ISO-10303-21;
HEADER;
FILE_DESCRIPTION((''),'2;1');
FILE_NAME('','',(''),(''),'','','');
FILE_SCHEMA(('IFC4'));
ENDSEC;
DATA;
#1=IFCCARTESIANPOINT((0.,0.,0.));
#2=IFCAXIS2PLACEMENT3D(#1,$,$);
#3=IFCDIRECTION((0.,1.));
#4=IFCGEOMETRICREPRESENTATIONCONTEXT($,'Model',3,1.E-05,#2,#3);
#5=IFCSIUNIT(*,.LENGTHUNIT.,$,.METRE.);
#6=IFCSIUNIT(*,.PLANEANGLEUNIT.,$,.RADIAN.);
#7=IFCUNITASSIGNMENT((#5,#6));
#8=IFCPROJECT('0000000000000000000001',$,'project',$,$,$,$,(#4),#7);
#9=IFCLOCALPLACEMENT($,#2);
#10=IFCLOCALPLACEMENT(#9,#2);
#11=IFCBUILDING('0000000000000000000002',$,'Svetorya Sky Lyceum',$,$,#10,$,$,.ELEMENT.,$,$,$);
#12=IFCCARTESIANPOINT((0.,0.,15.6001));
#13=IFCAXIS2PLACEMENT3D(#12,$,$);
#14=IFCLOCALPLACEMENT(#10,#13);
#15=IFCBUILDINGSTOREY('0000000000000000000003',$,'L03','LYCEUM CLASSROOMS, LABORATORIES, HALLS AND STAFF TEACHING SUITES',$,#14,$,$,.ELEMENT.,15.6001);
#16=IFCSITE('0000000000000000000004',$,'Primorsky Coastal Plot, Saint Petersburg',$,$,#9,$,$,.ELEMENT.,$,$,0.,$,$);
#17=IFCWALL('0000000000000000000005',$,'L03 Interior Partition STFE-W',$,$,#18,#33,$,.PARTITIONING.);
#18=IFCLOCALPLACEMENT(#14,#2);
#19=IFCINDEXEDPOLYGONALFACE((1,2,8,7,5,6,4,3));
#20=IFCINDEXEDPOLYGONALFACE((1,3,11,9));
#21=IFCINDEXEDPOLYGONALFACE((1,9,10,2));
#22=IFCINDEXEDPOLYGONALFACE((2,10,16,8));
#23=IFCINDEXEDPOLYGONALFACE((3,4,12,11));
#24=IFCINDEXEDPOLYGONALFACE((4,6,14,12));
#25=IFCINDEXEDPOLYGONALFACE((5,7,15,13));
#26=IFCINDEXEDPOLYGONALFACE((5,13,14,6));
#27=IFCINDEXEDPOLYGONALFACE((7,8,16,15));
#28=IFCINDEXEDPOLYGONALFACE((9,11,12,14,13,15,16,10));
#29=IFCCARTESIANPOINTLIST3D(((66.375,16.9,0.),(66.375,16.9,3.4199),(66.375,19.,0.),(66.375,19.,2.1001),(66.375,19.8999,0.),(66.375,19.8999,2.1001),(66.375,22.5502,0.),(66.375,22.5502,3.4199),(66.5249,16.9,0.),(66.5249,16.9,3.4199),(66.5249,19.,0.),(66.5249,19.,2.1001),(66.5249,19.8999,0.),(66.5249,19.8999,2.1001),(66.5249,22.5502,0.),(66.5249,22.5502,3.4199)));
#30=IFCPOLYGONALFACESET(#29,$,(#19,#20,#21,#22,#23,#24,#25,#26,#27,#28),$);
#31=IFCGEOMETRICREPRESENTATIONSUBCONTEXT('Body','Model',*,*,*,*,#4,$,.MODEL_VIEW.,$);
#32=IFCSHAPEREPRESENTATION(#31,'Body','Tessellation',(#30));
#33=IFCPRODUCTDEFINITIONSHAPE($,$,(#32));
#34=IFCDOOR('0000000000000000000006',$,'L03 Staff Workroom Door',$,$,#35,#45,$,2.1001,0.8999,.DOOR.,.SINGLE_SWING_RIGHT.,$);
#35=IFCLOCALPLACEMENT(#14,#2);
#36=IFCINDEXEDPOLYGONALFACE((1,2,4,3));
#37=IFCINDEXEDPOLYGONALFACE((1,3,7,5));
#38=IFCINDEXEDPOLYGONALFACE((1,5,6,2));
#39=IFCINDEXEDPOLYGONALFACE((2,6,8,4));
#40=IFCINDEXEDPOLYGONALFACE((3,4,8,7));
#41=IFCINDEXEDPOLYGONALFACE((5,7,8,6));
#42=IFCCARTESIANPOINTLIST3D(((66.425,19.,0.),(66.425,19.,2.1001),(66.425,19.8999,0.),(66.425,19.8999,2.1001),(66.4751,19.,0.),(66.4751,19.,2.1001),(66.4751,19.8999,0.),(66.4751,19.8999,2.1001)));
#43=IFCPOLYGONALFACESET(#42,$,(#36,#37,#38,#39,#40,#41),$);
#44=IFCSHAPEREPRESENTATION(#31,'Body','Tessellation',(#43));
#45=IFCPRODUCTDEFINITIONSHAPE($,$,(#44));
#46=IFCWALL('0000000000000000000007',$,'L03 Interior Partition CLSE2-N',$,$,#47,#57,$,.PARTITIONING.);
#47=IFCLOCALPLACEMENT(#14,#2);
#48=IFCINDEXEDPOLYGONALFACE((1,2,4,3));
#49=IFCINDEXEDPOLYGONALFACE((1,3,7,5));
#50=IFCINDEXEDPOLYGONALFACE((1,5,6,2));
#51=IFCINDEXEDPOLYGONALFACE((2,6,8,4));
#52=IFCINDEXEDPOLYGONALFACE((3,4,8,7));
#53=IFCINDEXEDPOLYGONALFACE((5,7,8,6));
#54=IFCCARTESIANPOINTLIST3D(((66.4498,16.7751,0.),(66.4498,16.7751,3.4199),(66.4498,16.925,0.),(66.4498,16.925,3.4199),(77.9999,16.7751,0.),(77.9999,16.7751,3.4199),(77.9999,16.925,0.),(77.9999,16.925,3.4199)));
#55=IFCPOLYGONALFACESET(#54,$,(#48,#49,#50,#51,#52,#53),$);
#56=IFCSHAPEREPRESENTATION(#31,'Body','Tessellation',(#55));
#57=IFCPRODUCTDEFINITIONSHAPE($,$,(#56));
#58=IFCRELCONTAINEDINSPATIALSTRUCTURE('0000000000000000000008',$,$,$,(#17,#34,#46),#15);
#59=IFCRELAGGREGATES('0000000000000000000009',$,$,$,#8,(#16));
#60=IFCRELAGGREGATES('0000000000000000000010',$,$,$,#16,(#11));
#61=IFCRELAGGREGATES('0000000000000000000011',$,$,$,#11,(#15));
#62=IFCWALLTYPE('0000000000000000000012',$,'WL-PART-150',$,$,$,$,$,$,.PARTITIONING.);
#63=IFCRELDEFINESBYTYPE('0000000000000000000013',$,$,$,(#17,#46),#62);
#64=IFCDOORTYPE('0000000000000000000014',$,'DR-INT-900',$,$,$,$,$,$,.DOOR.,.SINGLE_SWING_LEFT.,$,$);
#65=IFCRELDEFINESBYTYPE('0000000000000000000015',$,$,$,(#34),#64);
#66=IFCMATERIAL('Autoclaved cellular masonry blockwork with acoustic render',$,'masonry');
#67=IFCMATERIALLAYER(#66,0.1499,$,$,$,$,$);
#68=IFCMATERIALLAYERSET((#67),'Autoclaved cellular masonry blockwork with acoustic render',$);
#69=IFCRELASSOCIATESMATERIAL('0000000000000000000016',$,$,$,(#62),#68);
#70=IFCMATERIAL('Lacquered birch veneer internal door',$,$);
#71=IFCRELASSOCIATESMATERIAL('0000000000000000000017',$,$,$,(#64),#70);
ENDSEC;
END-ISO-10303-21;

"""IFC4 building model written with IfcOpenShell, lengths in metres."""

from ifc_helpers import new_model, si_unit, direction, frame, frame_2d, origin, place, context, subcontext, project, spatial, rectangle, extrude, material, layer, layer_set, type_object, element, fill, save


model = new_model("IFC4")

# Units and contexts
model_context = context("Model", 3, precision=1e-05, world=origin(), true_north=direction((0.0, 1.0)))
body_context = subcontext(model_context, "Body", "Model", "MODEL_VIEW")
ifc_project = project(units=[si_unit("LENGTHUNIT", "METRE"), si_unit("PLANEANGLEUNIT", "RADIAN")], contexts=[model_context])

# Site, building, storey
site_placement = place(None, origin())
site = spatial("IfcSite", under=ifc_project, at=site_placement, Name="Primorsky Coastal Plot, Saint Petersburg", CompositionType="ELEMENT", RefElevation=0.0)
building_placement = place(site_placement, origin())
building = spatial("IfcBuilding", under=site, at=building_placement, Name="Svetorya Sky Lyceum", CompositionType="ELEMENT")
storey_placement = place(building_placement, frame((0.0, 0.0, 15.6001)))
storey = spatial("IfcBuildingStorey", under=building, at=storey_placement, Name="L03", Description="LYCEUM CLASSROOMS, LABORATORIES, HALLS AND STAFF TEACHING SUITES", CompositionType="ELEMENT", Elevation=15.6001)

# Wall, opening, door
ifc_material_1 = material(Name="Autoclaved cellular masonry blockwork with acoustic render", Category="masonry")
ifc_layer_1 = layer(ifc_material_1, 0.1499)
ifc_layer_set_1 = layer_set([ifc_layer_1], Name="Autoclaved cellular masonry blockwork with acoustic render")
wall_type_1 = type_object("IfcWallType", Name="WL-PART-150", PredefinedType="PARTITIONING", material=ifc_layer_set_1)
wall_1_placement = place(storey_placement, frame((66.45, 16.8999, 0.0), z_axis=(0.0, 0.0, 1.0), x_axis=(0.0, 1.0, 0.0)))
wall_1 = element("IfcWall", 1, at=wall_1_placement, inside=storey, type_object=wall_type_1, Name="L03 Interior Partition STFE-W", PredefinedType="PARTITIONING", context=body_context, shape_type="SweptSolid", body=[
    extrude(rectangle(XDim=5.6501, YDim=0.1499, at=frame_2d((2.8252, 0.0))), origin(), (0.0, 0.0, 1.0), 3.4199),
])
opening_1_placement = place(wall_1_placement, frame((2.1001, 0.0, 0.0)))
opening_1 = element("IfcOpeningElement", 2, at=opening_1_placement, cuts=wall_1, PredefinedType="OPENING", context=body_context, shape_type="SweptSolid", body=[
    extrude(rectangle(XDim=0.8999, YDim=2.1001, at=frame_2d((0.45, 1.05))), frame((0.0, 0.085, 0.0), z_axis=(0.0, -1.0, 0.0), x_axis=(1.0, 0.0, 0.0)), (0.0, 0.0, 1.0), 0.1699),
])
ifc_material_2 = material(Name="Lacquered birch veneer internal door")
door_type = type_object("IfcDoorType", Name="DR-INT-900", OperationType="SINGLE_SWING_LEFT", PredefinedType="DOOR", material=ifc_material_2)
door_placement = place(opening_1_placement, origin())
door = element("IfcDoor", 3, at=door_placement, inside=storey, type_object=door_type, Name="L03 Staff Workroom Door", OperationType="SINGLE_SWING_RIGHT", OverallHeight=2.1001, OverallWidth=0.8999, PredefinedType="DOOR", context=body_context, shape_type="SweptSolid", body=[
    extrude(rectangle(XDim=0.8999, YDim=2.1001, at=frame_2d((0.45, 1.05))), frame((0.0, 0.0249, 0.0), z_axis=(0.0, -1.0, 0.0), x_axis=(1.0, 0.0, 0.0)), (0.0, 0.0, 1.0), 0.05),
])
fill(opening_1, door)

# Wall
wall_2_placement = place(storey_placement, frame((66.45, 16.8501, 0.0), z_axis=(0.0, 0.0, 1.0), x_axis=(1.0, 0.0, 0.0)))
element("IfcWall", 4, at=wall_2_placement, inside=storey, type_object=wall_type_1, Name="L03 Interior Partition CLSE2-N", PredefinedType="PARTITIONING", context=body_context, shape_type="SweptSolid", body=[
    extrude(rectangle(XDim=11.55, YDim=0.1499, at=frame_2d((5.7749, 0.0))), origin(), (0.0, 0.0, 1.0), 3.4199),
])

save(model, "model.ifc")
